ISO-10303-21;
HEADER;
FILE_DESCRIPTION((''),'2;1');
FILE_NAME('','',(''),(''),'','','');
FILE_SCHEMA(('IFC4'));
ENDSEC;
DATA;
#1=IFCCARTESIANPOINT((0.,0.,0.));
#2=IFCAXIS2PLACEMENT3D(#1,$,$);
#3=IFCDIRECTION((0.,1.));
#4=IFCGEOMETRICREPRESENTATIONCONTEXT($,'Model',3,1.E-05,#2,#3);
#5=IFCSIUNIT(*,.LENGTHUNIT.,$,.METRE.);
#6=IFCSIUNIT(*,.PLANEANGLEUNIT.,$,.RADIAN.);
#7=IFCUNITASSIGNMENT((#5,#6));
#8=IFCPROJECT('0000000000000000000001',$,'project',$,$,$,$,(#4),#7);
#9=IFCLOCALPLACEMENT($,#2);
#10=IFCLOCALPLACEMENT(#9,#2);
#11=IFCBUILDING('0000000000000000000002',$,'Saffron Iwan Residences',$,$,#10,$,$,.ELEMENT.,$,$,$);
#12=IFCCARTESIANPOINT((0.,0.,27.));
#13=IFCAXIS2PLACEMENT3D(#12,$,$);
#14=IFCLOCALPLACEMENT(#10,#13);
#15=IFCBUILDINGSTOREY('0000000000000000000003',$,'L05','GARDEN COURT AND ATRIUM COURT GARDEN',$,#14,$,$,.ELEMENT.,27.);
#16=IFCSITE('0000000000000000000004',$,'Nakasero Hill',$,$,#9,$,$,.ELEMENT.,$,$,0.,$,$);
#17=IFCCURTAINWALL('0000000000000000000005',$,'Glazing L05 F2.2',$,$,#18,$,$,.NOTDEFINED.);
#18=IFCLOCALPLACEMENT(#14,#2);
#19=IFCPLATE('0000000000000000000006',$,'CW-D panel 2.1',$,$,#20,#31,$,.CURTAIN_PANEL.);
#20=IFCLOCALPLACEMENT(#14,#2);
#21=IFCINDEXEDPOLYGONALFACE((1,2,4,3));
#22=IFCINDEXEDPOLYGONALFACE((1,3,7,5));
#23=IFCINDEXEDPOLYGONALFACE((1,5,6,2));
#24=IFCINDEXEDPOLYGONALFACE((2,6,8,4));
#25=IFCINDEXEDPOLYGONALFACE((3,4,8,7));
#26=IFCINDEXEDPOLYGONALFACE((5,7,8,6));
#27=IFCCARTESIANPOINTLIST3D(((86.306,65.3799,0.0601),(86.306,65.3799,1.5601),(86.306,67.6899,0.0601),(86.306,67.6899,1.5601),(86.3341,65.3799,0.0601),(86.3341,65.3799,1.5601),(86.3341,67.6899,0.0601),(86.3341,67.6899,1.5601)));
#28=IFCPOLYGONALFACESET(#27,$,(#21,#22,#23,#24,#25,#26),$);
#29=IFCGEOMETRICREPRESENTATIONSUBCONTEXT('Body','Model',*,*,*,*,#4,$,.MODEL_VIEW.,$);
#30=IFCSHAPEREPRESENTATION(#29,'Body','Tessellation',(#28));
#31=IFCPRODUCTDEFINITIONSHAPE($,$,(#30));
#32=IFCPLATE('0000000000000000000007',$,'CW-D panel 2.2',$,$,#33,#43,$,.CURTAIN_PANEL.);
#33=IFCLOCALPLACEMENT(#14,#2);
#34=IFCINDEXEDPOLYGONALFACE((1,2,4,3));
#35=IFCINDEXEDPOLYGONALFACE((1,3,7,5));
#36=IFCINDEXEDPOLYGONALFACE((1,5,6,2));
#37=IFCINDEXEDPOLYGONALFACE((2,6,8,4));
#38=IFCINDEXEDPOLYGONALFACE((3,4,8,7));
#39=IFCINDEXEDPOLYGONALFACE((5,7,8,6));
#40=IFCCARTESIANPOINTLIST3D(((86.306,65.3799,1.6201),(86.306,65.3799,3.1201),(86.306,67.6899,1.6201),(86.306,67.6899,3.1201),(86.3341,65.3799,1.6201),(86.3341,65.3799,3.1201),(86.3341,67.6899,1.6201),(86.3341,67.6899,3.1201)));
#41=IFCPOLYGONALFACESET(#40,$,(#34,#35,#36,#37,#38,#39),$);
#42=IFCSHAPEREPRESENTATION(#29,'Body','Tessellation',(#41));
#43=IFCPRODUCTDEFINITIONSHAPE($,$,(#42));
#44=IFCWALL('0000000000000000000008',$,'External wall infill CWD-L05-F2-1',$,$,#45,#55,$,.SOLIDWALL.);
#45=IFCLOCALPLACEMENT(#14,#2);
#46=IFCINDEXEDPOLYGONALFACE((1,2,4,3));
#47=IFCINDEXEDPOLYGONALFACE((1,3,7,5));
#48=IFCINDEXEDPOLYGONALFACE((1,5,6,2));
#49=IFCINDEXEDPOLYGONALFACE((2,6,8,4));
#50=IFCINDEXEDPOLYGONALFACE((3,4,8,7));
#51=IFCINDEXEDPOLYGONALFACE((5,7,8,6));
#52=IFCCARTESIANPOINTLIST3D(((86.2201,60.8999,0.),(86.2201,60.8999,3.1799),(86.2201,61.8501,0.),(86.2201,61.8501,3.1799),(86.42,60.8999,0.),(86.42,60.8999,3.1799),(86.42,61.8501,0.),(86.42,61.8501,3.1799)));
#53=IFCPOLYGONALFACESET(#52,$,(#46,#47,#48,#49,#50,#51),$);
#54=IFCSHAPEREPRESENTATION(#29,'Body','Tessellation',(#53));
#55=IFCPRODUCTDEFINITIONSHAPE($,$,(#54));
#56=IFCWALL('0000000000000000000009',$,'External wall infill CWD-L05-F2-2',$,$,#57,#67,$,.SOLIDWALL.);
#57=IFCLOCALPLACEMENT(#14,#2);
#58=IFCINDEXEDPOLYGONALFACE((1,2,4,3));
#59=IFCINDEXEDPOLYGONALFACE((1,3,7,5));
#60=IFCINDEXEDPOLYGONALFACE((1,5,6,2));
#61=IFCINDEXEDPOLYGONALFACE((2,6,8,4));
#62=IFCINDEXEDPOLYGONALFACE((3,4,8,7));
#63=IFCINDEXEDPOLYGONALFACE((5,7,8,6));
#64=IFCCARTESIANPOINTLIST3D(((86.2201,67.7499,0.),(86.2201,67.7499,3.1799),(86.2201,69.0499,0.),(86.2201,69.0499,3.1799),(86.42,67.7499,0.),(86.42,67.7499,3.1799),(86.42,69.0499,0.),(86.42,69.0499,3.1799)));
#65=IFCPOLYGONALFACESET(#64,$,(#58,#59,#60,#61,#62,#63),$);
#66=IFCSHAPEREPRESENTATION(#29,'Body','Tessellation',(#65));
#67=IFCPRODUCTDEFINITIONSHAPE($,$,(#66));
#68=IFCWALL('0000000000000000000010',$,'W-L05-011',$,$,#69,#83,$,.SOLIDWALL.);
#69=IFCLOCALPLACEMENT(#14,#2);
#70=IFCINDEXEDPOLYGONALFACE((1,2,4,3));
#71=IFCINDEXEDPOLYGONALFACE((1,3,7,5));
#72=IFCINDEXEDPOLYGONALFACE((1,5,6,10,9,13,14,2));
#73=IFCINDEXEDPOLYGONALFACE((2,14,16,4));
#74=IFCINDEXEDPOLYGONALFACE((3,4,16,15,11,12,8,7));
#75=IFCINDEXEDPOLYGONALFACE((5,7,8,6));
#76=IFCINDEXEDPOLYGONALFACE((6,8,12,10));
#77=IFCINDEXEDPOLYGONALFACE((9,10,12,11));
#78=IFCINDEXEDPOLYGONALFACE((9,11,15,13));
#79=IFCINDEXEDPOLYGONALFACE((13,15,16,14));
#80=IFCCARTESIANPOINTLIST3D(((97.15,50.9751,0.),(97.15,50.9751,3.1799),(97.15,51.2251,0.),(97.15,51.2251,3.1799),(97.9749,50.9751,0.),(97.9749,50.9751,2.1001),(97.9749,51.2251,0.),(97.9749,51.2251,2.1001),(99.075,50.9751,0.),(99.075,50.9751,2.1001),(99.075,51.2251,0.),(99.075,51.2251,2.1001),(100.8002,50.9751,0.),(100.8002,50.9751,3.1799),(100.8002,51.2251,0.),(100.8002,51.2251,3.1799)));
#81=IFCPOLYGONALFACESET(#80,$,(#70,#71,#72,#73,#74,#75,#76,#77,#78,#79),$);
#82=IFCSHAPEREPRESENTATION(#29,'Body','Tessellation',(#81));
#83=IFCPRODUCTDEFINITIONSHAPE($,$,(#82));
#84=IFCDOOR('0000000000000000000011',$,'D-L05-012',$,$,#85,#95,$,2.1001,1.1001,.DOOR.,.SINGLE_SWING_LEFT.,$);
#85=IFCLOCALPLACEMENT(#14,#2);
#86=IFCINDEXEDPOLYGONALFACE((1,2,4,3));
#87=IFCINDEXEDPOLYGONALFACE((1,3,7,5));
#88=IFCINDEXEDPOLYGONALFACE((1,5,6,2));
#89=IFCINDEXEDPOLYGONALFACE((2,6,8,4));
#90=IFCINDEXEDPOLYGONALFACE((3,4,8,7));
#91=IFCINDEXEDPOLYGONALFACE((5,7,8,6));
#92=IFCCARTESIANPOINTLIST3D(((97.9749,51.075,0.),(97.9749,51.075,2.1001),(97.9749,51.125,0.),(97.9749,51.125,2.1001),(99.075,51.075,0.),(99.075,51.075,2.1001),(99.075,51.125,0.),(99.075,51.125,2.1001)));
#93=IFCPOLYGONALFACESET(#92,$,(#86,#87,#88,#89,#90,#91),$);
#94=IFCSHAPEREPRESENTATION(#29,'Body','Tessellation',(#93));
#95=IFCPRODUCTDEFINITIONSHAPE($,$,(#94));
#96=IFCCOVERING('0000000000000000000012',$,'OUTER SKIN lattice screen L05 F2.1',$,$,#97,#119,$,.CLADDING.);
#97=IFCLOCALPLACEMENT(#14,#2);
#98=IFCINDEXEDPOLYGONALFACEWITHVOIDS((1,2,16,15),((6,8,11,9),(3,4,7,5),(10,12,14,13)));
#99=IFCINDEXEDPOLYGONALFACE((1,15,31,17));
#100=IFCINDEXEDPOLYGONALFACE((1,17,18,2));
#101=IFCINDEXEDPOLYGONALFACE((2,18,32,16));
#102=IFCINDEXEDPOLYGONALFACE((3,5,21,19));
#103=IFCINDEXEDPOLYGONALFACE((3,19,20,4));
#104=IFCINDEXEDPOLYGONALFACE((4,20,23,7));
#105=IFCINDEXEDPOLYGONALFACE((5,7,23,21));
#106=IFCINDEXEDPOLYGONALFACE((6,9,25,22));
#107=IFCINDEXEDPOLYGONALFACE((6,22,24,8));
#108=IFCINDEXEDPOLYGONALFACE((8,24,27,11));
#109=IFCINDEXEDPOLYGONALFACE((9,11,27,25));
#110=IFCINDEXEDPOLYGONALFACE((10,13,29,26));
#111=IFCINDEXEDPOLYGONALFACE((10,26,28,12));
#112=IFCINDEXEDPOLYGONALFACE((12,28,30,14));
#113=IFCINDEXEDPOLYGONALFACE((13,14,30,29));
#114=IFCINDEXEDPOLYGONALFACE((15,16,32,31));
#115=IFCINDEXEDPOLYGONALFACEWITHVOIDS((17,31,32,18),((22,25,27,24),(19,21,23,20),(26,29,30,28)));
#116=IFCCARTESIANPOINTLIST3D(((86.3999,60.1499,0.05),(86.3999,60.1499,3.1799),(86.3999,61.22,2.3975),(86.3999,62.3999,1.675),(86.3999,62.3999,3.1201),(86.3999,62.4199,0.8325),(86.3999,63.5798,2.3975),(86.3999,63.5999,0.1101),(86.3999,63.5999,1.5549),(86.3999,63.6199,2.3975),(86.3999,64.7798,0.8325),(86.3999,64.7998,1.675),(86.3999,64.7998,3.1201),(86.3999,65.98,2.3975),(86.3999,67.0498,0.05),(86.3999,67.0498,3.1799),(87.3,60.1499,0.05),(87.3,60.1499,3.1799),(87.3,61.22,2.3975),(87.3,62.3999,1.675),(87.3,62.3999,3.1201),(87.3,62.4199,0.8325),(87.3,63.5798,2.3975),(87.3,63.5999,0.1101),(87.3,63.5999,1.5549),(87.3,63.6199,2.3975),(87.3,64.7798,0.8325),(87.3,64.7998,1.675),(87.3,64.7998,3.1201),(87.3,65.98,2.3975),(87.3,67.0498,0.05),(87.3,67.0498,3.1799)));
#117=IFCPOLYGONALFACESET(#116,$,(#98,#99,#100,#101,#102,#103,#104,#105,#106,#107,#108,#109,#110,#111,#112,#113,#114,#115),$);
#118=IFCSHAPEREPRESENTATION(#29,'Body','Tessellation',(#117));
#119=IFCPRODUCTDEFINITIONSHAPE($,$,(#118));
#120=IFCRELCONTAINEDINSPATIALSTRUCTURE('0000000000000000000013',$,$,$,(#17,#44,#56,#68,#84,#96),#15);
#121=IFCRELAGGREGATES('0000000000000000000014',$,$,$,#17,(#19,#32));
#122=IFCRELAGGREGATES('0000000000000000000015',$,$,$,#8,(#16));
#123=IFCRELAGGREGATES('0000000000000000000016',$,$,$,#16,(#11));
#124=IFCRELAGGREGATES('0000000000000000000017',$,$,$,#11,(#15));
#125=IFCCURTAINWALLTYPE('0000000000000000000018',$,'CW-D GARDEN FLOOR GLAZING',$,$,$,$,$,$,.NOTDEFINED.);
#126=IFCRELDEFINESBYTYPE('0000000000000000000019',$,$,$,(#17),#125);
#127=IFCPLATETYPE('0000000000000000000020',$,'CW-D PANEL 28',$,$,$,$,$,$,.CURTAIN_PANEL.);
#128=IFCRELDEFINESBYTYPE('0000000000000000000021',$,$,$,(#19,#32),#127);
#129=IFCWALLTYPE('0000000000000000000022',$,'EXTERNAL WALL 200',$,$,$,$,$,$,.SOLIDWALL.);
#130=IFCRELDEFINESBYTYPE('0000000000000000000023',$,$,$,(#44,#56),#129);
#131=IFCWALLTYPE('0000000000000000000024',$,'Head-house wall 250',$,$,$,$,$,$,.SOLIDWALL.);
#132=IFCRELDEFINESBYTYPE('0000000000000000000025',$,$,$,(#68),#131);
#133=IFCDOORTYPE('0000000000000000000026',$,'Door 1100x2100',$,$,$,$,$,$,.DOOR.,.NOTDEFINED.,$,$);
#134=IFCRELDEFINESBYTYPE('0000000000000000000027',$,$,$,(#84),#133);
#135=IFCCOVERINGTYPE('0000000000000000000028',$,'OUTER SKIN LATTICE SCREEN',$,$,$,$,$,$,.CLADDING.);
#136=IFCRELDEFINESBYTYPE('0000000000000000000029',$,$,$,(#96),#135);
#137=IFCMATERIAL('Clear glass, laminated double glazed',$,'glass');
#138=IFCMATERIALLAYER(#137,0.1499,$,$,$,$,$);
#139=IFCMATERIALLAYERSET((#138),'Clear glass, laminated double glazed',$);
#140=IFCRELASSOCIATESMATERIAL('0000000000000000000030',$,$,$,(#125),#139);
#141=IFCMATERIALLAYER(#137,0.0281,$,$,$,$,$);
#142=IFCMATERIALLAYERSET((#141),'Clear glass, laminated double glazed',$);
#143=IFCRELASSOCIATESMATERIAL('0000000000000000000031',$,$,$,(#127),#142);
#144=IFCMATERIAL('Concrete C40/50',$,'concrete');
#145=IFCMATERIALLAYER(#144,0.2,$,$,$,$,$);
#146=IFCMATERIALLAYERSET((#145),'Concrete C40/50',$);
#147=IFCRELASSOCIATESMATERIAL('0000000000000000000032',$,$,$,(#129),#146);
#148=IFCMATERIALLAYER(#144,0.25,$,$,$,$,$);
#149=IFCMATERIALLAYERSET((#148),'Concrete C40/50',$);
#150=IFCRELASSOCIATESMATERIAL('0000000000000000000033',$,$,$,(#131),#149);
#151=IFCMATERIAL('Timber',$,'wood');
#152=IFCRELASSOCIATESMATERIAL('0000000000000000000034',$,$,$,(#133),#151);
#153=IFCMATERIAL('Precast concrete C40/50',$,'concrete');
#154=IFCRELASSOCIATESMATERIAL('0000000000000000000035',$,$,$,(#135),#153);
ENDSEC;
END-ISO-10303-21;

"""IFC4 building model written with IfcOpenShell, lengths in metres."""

from ifc_helpers import new_model, si_unit, direction, frame, frame_2d, origin, origin_2d, place, context, subcontext, project, spatial, polyline, rectangle, outline, extrude, source, transform, mapped, material, layer, layer_set, type_object, element, fill, aggregate, save


model = new_model("IFC4")

# Units and contexts
model_context = context("Model", 3, precision=1e-05, world=origin(), true_north=direction((0.0, 1.0)))
body_context = subcontext(model_context, "Body", "Model", "MODEL_VIEW")
ifc_project = project(units=[si_unit("LENGTHUNIT", "METRE"), si_unit("PLANEANGLEUNIT", "RADIAN")], contexts=[model_context])

# Site, building, storey
site_placement = place(None, origin())
site = spatial("IfcSite", under=ifc_project, at=site_placement, Name="Nakasero Hill", CompositionType="ELEMENT", RefElevation=0.0)
building_placement = place(site_placement, origin())
building = spatial("IfcBuilding", under=site, at=building_placement, Name="Saffron Iwan Residences", CompositionType="ELEMENT")
storey_placement = place(building_placement, frame((0.0, 0.0, 27.0)))
storey = spatial("IfcBuildingStorey", under=building, at=storey_placement, Name="L05", Description="GARDEN COURT AND ATRIUM COURT GARDEN", CompositionType="ELEMENT", Elevation=27.0)

# Shared definitions
ifc_material_1 = material(Name="Clear glass, laminated double glazed", Category="glass")
ifc_layer_1 = layer(ifc_material_1, 0.1499)
ifc_layer_set_1 = layer_set([ifc_layer_1], Name="Clear glass, laminated double glazed")
curtain_wall_type = type_object("IfcCurtainWallType", Name="CW-D GARDEN FLOOR GLAZING", PredefinedType="NOTDEFINED", material=ifc_layer_set_1)

# Curtain wall
curtain_wall_1_placement = place(storey_placement, origin())
curtain_wall_1 = element("IfcCurtainWall", 1, at=curtain_wall_1_placement, inside=storey, type_object=curtain_wall_type, Name="Glazing L05 F2.2", PredefinedType="NOTDEFINED")

# Plates
ifc_layer_2 = layer(ifc_material_1, 0.0281)
ifc_layer_set_2 = layer_set([ifc_layer_2], Name="Clear glass, laminated double glazed")
plate_type = type_object("IfcPlateType", Name="CW-D PANEL 28", PredefinedType="CURTAIN_PANEL", material=ifc_layer_set_2)
shared_shape_1 = source(origin(), body_context, "Body", "SweptSolid", [
    extrude(rectangle(XDim=2.3101, YDim=0.0281, at=origin_2d()), origin(), (0.0, 0.0, 1.0), 1.5),
])
plate_1_placement = place(storey_placement, frame((86.3201, 66.5349, 0.0601), z_axis=(0.0, 0.0, 1.0), x_axis=(0.0, 1.0, 0.0)))
plate_1 = element("IfcPlate", 2, at=plate_1_placement, type_object=plate_type, Name="CW-D panel 2.1", PredefinedType="CURTAIN_PANEL", context=body_context, shape_type="MappedRepresentation", body=[
    mapped(shared_shape_1, transform((0.0, 0.0, 0.0))),
])
plate_2_placement = place(storey_placement, frame((86.3201, 66.5349, 1.6201), z_axis=(0.0, 0.0, 1.0), x_axis=(0.0, 1.0, 0.0)))
plate_2 = element("IfcPlate", 3, at=plate_2_placement, type_object=plate_type, Name="CW-D panel 2.2", PredefinedType="CURTAIN_PANEL", context=body_context, shape_type="MappedRepresentation", body=[
    mapped(shared_shape_1, transform((0.0, 0.0, 0.0))),
])
aggregate(curtain_wall_1, [plate_1, plate_2])

# Walls
ifc_material_2 = material(Name="Concrete C40/50", Category="concrete")
ifc_layer_3 = layer(ifc_material_2, 0.2)
ifc_layer_set_3 = layer_set([ifc_layer_3], Name="Concrete C40/50")
wall_type_1 = type_object("IfcWallType", Name="EXTERNAL WALL 200", PredefinedType="SOLIDWALL", material=ifc_layer_set_3)
wall_1_placement = place(storey_placement, frame((86.3201, 60.8999, 0.0), z_axis=(0.0, 0.0, 1.0), x_axis=(0.0, 1.0, 0.0)))
element("IfcWall", 4, at=wall_1_placement, inside=storey, type_object=wall_type_1, Name="External wall infill CWD-L05-F2-1", PredefinedType="SOLIDWALL", context=body_context, shape_type="SweptSolid", body=[
    extrude(rectangle(XDim=0.9502, YDim=0.2, at=frame_2d((0.4751, 0.0))), origin(), (0.0, 0.0, 1.0), 3.1799),
])
wall_2_placement = place(storey_placement, frame((86.3201, 67.75, 0.0), z_axis=(0.0, 0.0, 1.0), x_axis=(0.0, 1.0, 0.0)))
element("IfcWall", 5, at=wall_2_placement, inside=storey, type_object=wall_type_1, Name="External wall infill CWD-L05-F2-2", PredefinedType="SOLIDWALL", context=body_context, shape_type="SweptSolid", body=[
    extrude(rectangle(XDim=1.3, YDim=0.2, at=frame_2d((0.6499, 0.0))), origin(), (0.0, 0.0, 1.0), 3.1799),
])

# Wall, opening, door
ifc_layer_4 = layer(ifc_material_2, 0.25)
ifc_layer_set_4 = layer_set([ifc_layer_4], Name="Concrete C40/50")
wall_type_2 = type_object("IfcWallType", Name="Head-house wall 250", PredefinedType="SOLIDWALL", material=ifc_layer_set_4)
wall_3_placement = place(storey_placement, frame((97.1499, 51.1001, 0.0), z_axis=(0.0, 0.0, 1.0), x_axis=(1.0, 0.0, 0.0)))
wall_3 = element("IfcWall", 6, at=wall_3_placement, inside=storey, type_object=wall_type_2, Name="W-L05-011", PredefinedType="SOLIDWALL", context=body_context, shape_type="SweptSolid", body=[
    extrude(rectangle(XDim=3.6501, YDim=0.25, at=frame_2d((1.8252, 0.0))), origin(), (0.0, 0.0, 1.0), 3.1799),
])
opening_placement = place(wall_3_placement, frame((0.825, 0.0, 0.0)))
opening = element("IfcOpeningElement", 7, at=opening_placement, cuts=wall_3, PredefinedType="OPENING", context=body_context, shape_type="SweptSolid", body=[
    extrude(rectangle(XDim=1.1001, YDim=2.1001, at=frame_2d((0.55, 1.05))), frame((0.0, 0.135, 0.0), z_axis=(0.0, -1.0, 0.0), x_axis=(1.0, 0.0, 0.0)), (0.0, 0.0, 1.0), 0.27),
])
ifc_material_3 = material(Name="Timber", Category="wood")
door_type = type_object("IfcDoorType", Name="Door 1100x2100", OperationType="NOTDEFINED", PredefinedType="DOOR", material=ifc_material_3)
door_placement = place(opening_placement, origin())
door = element("IfcDoor", 8, at=door_placement, inside=storey, type_object=door_type, Name="D-L05-012", OperationType="SINGLE_SWING_LEFT", OverallHeight=2.1001, OverallWidth=1.1001, PredefinedType="DOOR", context=body_context, shape_type="SweptSolid", body=[
    extrude(rectangle(XDim=1.1001, YDim=2.1001, at=frame_2d((0.55, 1.05))), frame((0.0, 0.0249, 0.0), z_axis=(0.0, -1.0, 0.0), x_axis=(1.0, 0.0, 0.0)), (0.0, 0.0, 1.0), 0.05),
])
fill(opening, door)

# Covering
ifc_material_4 = material(Name="Precast concrete C40/50", Category="concrete")
covering_type = type_object("IfcCoveringType", Name="OUTER SKIN LATTICE SCREEN", PredefinedType="CLADDING", material=ifc_material_4)
covering_placement = place(storey_placement, frame((86.3999, 60.1499, 0.05), z_axis=(1.0, 0.0, 0.0), x_axis=(0.0, 1.0, 0.0)))
element("IfcCovering", 9, at=covering_placement, inside=storey, type_object=covering_type, Name="OUTER SKIN lattice screen L05 F2.1", PredefinedType="CLADDING", context=body_context, shape_type="SweptSolid", body=[
    extrude(outline(polyline([(0.0, 0.0), (6.8999, 0.0), (6.8999, 3.1299), (0.0, 3.1299), (0.0, 0.0)]), holes=[polyline([(2.27, 0.7825), (3.45, 0.0601), (4.6299, 0.7825), (3.45, 1.5049), (2.27, 0.7825)]), polyline([(1.0701, 2.3474), (2.25, 1.625), (3.4299, 2.3474), (2.25, 3.0701), (1.0701, 2.3474)]), polyline([(3.47, 2.3474), (4.6499, 1.625), (5.8301, 2.3474), (4.6499, 3.0701), (3.47, 2.3474)])]), origin(), (0.0, 0.0, 1.0), 0.9001),
])

save(model, "model.ifc")
